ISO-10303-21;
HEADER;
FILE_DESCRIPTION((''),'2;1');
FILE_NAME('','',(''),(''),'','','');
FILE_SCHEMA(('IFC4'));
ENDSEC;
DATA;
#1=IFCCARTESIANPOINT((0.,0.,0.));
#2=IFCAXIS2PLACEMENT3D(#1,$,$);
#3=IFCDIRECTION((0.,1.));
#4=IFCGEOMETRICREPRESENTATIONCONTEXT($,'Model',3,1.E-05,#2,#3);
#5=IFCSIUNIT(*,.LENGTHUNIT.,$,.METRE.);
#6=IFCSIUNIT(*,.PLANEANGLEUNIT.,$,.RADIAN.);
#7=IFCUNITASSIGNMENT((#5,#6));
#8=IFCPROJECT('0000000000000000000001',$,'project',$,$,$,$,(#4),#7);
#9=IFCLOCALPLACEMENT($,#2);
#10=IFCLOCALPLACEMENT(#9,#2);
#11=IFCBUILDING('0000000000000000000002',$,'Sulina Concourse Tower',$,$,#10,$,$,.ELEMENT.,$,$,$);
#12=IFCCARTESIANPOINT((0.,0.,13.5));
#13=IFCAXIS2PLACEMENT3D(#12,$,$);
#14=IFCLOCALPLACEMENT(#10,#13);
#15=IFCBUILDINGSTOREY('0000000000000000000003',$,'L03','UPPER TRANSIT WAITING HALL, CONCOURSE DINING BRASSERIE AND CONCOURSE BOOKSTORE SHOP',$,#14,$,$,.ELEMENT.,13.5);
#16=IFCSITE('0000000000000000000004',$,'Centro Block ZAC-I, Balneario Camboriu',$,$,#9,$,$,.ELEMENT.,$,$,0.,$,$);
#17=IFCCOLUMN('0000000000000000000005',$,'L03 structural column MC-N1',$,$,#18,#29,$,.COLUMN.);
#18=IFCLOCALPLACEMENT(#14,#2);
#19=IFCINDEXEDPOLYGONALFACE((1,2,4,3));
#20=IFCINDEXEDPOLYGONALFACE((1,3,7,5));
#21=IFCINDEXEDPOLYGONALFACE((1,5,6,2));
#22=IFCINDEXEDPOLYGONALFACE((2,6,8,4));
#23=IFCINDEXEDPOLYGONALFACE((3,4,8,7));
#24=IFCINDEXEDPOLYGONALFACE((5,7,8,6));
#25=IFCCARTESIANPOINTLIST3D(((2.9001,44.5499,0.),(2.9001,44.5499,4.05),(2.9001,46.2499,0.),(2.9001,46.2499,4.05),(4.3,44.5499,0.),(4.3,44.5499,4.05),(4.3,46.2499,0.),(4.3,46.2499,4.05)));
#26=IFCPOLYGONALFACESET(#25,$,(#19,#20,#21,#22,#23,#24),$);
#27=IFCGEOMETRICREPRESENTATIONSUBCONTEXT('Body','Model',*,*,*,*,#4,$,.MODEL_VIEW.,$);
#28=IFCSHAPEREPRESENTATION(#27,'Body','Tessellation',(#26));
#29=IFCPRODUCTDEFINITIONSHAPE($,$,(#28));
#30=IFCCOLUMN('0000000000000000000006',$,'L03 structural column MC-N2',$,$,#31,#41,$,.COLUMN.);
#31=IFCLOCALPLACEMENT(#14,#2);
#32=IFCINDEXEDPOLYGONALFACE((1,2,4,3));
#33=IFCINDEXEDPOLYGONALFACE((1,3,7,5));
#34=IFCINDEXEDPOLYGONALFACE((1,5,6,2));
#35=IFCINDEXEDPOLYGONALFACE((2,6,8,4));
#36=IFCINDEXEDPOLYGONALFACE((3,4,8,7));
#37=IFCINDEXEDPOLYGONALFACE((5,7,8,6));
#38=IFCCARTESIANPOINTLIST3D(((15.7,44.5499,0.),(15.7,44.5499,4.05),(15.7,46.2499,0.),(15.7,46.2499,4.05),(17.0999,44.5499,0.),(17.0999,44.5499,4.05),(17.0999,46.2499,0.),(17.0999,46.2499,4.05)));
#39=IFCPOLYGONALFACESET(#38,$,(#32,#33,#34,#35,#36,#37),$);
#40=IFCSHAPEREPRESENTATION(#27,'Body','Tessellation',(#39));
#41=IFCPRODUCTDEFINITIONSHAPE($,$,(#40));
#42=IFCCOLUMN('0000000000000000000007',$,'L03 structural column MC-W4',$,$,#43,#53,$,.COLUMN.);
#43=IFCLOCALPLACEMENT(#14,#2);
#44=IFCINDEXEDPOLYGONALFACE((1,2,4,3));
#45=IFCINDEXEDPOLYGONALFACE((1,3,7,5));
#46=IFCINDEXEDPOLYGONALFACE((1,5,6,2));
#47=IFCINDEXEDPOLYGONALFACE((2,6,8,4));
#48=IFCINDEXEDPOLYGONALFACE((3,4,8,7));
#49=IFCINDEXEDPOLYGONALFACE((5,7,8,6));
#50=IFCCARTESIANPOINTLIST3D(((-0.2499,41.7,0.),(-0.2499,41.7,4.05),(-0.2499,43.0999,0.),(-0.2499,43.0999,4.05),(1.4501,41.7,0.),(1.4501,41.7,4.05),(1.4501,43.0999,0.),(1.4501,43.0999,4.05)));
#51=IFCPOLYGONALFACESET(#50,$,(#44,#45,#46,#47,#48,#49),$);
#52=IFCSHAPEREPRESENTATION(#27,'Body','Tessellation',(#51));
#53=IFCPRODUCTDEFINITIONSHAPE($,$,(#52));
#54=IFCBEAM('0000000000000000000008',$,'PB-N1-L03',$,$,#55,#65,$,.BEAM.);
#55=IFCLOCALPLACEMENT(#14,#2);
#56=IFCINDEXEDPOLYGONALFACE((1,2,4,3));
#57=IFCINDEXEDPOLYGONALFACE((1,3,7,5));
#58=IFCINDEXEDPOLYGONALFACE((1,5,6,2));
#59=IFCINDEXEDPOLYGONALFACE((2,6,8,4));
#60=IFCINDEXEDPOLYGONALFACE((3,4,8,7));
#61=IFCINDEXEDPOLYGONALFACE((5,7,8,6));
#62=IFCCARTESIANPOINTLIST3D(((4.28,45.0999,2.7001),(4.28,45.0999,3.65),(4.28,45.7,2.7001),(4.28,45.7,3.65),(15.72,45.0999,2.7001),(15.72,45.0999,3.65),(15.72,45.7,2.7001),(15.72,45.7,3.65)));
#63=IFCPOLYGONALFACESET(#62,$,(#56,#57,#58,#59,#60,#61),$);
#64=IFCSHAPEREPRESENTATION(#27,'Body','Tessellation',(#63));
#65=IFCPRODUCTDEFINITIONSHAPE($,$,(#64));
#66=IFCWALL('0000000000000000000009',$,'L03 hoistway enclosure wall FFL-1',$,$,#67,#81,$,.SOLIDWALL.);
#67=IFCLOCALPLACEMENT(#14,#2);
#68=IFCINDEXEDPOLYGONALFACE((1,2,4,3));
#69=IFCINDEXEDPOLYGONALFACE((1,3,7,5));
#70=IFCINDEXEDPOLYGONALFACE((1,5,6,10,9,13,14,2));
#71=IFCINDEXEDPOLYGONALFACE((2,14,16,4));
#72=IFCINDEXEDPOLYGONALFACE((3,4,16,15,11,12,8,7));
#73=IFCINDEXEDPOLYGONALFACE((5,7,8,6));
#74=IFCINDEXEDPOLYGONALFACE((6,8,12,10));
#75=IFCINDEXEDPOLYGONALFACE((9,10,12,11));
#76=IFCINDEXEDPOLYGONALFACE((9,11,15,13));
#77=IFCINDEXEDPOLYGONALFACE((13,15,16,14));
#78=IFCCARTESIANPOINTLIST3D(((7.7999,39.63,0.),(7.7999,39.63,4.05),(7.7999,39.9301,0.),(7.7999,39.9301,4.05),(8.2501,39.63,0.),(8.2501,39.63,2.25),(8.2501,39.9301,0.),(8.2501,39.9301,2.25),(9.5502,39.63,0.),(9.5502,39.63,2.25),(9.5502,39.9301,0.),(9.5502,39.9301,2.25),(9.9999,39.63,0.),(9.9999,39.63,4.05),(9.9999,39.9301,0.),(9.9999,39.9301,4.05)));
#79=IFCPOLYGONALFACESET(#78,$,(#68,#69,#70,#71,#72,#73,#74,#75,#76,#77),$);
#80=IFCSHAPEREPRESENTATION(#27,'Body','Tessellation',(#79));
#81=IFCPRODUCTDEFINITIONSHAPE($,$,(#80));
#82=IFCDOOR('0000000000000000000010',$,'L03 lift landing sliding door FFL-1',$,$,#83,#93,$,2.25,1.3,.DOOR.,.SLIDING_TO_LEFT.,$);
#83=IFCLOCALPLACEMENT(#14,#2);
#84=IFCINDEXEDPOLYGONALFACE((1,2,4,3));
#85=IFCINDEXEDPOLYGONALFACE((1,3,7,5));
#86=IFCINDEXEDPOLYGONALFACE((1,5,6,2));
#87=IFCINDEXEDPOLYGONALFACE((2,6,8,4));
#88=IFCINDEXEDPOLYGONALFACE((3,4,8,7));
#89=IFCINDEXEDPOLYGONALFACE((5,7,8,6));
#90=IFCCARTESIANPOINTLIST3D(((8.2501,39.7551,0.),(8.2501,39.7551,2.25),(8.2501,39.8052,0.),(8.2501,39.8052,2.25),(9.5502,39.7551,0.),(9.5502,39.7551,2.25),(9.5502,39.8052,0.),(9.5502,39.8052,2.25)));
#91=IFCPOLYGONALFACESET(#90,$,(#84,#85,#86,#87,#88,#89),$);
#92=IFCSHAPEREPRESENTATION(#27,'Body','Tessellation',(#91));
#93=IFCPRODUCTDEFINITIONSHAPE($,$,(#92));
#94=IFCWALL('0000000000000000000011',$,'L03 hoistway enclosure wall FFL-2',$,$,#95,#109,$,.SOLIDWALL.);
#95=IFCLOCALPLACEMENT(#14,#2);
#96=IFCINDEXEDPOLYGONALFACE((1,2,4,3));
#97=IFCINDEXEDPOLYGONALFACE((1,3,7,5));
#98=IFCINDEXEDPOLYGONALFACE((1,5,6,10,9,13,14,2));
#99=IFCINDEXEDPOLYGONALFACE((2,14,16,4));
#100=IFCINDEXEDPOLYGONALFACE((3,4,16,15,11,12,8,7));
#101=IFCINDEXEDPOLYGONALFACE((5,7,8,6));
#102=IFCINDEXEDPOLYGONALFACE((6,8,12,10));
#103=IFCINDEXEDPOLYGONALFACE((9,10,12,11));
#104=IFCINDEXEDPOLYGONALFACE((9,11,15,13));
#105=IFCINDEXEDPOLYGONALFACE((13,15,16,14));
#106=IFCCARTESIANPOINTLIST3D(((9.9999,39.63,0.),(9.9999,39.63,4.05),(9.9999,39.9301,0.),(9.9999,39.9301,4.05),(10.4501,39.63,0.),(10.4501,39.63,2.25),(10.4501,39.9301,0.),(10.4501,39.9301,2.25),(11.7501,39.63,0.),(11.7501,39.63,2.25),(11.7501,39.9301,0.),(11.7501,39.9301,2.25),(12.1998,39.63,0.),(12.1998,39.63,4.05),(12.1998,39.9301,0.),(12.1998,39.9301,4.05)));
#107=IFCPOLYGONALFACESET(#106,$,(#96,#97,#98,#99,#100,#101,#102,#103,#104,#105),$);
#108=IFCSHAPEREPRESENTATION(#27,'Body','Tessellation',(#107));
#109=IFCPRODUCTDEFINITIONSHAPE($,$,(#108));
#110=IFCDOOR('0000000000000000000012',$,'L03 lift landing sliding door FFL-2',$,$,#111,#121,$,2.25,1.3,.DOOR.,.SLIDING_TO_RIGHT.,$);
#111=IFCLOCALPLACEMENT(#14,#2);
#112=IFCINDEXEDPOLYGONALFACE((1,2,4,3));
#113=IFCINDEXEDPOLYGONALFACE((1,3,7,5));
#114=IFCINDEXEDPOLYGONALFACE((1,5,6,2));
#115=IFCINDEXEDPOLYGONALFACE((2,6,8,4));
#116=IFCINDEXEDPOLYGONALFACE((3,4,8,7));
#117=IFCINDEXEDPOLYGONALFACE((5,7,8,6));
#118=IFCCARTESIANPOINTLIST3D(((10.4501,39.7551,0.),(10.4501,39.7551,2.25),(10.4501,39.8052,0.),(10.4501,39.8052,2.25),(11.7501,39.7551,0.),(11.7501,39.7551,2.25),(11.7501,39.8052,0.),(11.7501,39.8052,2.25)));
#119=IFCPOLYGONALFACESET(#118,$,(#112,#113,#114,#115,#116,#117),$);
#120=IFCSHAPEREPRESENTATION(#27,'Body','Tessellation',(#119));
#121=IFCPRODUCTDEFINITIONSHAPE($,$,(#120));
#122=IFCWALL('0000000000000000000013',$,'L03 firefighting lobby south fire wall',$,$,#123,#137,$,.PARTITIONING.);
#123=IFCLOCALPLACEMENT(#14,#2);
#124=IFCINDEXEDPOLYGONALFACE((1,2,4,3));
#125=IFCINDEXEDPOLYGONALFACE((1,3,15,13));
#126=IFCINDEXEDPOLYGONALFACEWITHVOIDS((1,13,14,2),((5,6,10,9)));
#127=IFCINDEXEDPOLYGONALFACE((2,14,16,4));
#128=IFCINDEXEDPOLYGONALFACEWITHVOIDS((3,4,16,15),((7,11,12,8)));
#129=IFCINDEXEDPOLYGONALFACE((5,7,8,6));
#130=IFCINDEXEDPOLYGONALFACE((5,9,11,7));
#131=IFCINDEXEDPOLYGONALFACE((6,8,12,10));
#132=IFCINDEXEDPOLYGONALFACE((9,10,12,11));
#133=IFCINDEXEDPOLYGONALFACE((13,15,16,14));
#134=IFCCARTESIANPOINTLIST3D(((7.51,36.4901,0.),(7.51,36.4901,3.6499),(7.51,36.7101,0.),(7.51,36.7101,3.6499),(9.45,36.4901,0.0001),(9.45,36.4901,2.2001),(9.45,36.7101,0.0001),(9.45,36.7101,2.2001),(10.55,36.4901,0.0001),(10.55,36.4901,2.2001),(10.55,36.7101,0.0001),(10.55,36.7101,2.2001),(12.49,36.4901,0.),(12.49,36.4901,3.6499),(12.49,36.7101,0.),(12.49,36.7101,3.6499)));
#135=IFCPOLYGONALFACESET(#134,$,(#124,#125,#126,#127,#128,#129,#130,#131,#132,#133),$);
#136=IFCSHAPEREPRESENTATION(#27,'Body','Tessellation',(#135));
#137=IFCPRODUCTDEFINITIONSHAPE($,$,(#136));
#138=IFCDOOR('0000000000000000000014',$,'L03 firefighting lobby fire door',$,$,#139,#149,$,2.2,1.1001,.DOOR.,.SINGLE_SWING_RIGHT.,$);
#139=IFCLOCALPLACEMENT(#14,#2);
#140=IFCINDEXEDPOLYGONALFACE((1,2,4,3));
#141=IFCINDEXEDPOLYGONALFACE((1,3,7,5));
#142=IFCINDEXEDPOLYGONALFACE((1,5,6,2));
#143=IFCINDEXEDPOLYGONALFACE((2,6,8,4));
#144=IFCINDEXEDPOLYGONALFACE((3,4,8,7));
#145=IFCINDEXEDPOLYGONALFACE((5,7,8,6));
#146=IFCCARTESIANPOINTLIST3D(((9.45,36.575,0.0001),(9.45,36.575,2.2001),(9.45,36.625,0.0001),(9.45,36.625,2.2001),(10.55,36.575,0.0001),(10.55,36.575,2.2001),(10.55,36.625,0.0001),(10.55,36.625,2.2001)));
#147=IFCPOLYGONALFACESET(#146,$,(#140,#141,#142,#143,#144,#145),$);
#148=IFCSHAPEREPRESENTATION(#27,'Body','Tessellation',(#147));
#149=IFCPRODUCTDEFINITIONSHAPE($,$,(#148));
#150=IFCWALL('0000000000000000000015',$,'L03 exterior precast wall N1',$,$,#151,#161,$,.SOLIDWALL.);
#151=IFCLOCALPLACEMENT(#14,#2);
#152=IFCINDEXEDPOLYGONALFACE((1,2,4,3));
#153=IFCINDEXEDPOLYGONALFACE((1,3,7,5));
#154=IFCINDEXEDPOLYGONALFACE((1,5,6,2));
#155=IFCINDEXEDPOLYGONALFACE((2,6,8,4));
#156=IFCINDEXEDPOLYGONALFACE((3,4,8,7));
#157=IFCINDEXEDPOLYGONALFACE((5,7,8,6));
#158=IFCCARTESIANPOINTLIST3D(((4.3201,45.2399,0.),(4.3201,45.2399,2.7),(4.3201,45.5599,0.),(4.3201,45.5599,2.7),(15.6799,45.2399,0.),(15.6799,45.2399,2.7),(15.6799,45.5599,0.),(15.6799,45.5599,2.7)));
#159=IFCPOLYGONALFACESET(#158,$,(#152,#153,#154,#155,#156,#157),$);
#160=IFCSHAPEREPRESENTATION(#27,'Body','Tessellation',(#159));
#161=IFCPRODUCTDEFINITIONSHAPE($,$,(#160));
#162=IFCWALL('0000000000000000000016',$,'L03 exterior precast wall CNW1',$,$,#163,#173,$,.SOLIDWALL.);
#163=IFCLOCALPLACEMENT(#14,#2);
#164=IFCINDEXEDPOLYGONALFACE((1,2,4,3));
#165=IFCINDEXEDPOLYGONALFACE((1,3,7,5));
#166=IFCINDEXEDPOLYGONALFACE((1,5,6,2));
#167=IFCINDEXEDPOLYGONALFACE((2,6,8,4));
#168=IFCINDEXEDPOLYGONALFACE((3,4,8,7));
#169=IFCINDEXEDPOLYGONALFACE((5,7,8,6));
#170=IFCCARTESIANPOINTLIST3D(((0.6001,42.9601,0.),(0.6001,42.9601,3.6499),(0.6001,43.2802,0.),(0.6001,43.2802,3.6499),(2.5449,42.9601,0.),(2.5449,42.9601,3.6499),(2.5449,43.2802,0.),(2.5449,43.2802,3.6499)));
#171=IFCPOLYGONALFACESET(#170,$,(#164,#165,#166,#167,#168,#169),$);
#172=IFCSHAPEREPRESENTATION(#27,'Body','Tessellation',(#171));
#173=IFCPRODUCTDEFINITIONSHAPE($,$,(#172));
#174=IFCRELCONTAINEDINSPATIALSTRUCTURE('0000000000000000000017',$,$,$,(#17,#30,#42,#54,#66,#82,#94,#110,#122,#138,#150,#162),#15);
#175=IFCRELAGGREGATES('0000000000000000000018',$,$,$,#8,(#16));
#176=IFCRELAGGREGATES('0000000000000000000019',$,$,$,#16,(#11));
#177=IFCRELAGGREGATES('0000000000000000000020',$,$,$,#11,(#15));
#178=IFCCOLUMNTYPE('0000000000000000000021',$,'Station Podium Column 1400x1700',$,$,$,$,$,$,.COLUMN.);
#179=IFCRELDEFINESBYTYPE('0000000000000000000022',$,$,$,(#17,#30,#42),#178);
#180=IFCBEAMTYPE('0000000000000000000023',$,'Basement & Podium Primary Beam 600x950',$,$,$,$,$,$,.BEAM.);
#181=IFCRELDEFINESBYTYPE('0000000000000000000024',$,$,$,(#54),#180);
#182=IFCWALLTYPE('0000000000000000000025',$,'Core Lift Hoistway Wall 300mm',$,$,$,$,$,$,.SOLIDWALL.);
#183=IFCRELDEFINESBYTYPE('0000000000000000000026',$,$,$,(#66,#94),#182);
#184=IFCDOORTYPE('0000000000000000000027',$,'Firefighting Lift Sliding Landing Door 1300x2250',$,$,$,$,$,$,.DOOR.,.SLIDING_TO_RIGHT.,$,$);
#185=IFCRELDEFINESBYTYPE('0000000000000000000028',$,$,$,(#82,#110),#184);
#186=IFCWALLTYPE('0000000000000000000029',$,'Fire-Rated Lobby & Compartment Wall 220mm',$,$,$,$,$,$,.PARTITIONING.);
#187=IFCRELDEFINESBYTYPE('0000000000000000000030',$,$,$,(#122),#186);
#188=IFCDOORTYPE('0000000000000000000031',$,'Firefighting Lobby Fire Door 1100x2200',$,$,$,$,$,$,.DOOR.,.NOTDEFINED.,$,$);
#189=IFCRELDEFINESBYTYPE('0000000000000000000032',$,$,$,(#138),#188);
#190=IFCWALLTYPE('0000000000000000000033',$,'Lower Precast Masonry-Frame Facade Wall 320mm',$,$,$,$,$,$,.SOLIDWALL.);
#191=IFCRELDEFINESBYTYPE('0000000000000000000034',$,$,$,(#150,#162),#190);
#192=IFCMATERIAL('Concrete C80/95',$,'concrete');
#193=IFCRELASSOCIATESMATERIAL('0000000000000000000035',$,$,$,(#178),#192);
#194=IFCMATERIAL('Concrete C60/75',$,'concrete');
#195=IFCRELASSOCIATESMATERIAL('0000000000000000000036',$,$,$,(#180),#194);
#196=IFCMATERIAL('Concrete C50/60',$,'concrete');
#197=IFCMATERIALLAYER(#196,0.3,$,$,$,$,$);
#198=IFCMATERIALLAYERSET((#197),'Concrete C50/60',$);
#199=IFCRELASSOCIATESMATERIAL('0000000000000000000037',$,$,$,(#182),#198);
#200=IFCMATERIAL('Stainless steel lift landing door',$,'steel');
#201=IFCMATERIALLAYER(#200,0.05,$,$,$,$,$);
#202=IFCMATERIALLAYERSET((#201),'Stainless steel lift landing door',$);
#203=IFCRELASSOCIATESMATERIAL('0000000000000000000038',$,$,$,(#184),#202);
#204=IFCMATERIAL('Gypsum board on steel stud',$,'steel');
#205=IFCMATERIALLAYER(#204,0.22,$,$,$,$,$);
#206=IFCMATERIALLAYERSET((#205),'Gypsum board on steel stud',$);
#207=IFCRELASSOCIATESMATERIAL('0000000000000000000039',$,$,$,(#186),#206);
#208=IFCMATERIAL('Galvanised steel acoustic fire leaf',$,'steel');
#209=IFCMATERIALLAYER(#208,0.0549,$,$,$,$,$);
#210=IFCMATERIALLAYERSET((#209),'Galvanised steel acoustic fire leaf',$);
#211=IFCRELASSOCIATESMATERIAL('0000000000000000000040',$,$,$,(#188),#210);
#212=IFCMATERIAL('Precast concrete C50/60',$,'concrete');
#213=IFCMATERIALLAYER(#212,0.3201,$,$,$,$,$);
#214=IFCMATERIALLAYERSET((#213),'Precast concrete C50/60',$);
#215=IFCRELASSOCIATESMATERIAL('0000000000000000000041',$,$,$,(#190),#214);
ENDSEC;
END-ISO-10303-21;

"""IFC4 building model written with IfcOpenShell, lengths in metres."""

from ifc_helpers import new_model, si_unit, direction, frame, frame_2d, origin, origin_2d, place, context, subcontext, project, spatial, rectangle, extrude, material, layer, layer_set, material_profile, profile_set, type_object, element, fill, save


model = new_model("IFC4")

# Units and contexts
model_context = context("Model", 3, precision=1e-05, world=origin(), true_north=direction((0.0, 1.0)))
body_context = subcontext(model_context, "Body", "Model", "MODEL_VIEW")
ifc_project = project(units=[si_unit("LENGTHUNIT", "METRE"), si_unit("PLANEANGLEUNIT", "RADIAN")], contexts=[model_context])

# Site, building, storey
site_placement = place(None, origin())
site = spatial("IfcSite", under=ifc_project, at=site_placement, Name="Centro Block ZAC-I, Balneario Camboriu", CompositionType="ELEMENT", RefElevation=0.0)
building_placement = place(site_placement, origin())
building = spatial("IfcBuilding", under=site, at=building_placement, Name="Sulina Concourse Tower", CompositionType="ELEMENT")
storey_placement = place(building_placement, frame((0.0, 0.0, 13.5)))
storey = spatial("IfcBuildingStorey", under=building, at=storey_placement, Name="L03", Description="UPPER TRANSIT WAITING HALL, CONCOURSE DINING BRASSERIE AND CONCOURSE BOOKSTORE SHOP", CompositionType="ELEMENT", Elevation=13.5)

# Columns
ifc_material_1 = material(Name="Concrete C80/95", Category="concrete")
ifc_material_profile_1 = material_profile(ifc_material_1, rectangle(XDim=1.3999, YDim=1.7, at=origin_2d()), Name="RC 1400x1700")
ifc_profile_set_1 = profile_set([ifc_material_profile_1], Name="Concrete C80/95")
column_type = type_object("IfcColumnType", Name="Station Podium Column 1400x1700", PredefinedType="COLUMN", material=ifc_profile_set_1)
for number, where, z_axis, x_axis, name in (
    (1, (3.6001, 45.3999, 0.0), (0.0, 0.0, 1.0), (1.0, 0.0, 0.0), "L03 structural column MC-N1"),
    (2, (16.3999, 45.3999, 0.0), (0.0, 0.0, 1.0), (1.0, 0.0, 0.0), "L03 structural column MC-N2"),
    (3, (0.6001, 42.3999, 0.0), (0.0, 0.0, 1.0), (0.0, 1.0, 0.0), "L03 structural column MC-W4"),
):
    element("IfcColumn", number, at=place(storey_placement, frame(where, z_axis=z_axis, x_axis=x_axis)), inside=storey, type_object=column_type, Name=name, PredefinedType="COLUMN", context=body_context, shape_type="SweptSolid", body=[
        extrude(rectangle(XDim=1.3999, YDim=1.7, at=origin_2d()), origin(), (0.0, 0.0, 1.0), 4.05),
    ])

# Beam
ifc_material_2 = material(Name="Concrete C60/75", Category="concrete")
ifc_material_profile_2 = material_profile(ifc_material_2, rectangle(XDim=0.6001, YDim=0.95, at=origin_2d()), Name="RC 600x950")
ifc_profile_set_2 = profile_set([ifc_material_profile_2], Name="Concrete C60/75")
beam_type = type_object("IfcBeamType", Name="Basement & Podium Primary Beam 600x950", PredefinedType="BEAM", material=ifc_profile_set_2)
beam_placement = place(storey_placement, frame((4.28, 45.3999, 3.175), z_axis=(1.0, 0.0, 0.0), x_axis=(0.0, 1.0, 0.0)))
element("IfcBeam", 4, at=beam_placement, inside=storey, type_object=beam_type, Name="PB-N1-L03", PredefinedType="BEAM", context=body_context, shape_type="SweptSolid", body=[
    extrude(rectangle(XDim=0.6001, YDim=0.95, at=origin_2d()), origin(), (0.0, 0.0, 1.0), 11.4399),
])

# Walls, openings, doors
ifc_material_3 = material(Name="Concrete C50/60", Category="concrete")
ifc_layer_1 = layer(ifc_material_3, 0.3)
ifc_layer_set_1 = layer_set([ifc_layer_1], Name="Concrete C50/60")
wall_type_1 = type_object("IfcWallType", Name="Core Lift Hoistway Wall 300mm", PredefinedType="SOLIDWALL", material=ifc_layer_set_1)
wall_1_placement = place(storey_placement, frame((10.0, 39.78, 0.0), z_axis=(0.0, 0.0, 1.0), x_axis=(-1.0, 0.0, 0.0)))
wall_1 = element("IfcWall", 5, at=wall_1_placement, inside=storey, type_object=wall_type_1, Name="L03 hoistway enclosure wall FFL-1", PredefinedType="SOLIDWALL", context=body_context, shape_type="SweptSolid", body=[
    extrude(rectangle(XDim=2.2, YDim=0.3, at=frame_2d((1.1001, 0.0))), origin(), (0.0, 0.0, 1.0), 4.05),
])
opening_1_placement = place(wall_1_placement, frame((0.45, 0.0, 0.0)))
opening_1 = element("IfcOpeningElement", 6, at=opening_1_placement, cuts=wall_1, PredefinedType="OPENING", context=body_context, shape_type="SweptSolid", body=[
    extrude(rectangle(XDim=1.3, YDim=2.25, at=frame_2d((0.6499, 1.125))), frame((0.0, 0.1599, 0.0), z_axis=(0.0, -1.0, 0.0), x_axis=(1.0, 0.0, 0.0)), (0.0, 0.0, 1.0), 0.3201),
])
ifc_material_4 = material(Name="Stainless steel lift landing door", Category="steel")
ifc_layer_2 = layer(ifc_material_4, 0.05)
ifc_layer_set_2 = layer_set([ifc_layer_2], Name="Stainless steel lift landing door")
door_type_1 = type_object("IfcDoorType", Name="Firefighting Lift Sliding Landing Door 1300x2250", OperationType="SLIDING_TO_RIGHT", PredefinedType="DOOR", material=ifc_layer_set_2)
door_1_placement = place(opening_1_placement, origin())
door_1 = element("IfcDoor", 7, at=door_1_placement, inside=storey, type_object=door_type_1, Name="L03 lift landing sliding door FFL-1", OperationType="SLIDING_TO_LEFT", OverallHeight=2.25, OverallWidth=1.3, PredefinedType="DOOR", context=body_context, shape_type="SweptSolid", body=[
    extrude(rectangle(XDim=1.3, YDim=2.25, at=frame_2d((0.6499, 1.125))), frame((0.0, 0.0249, 0.0), z_axis=(0.0, -1.0, 0.0), x_axis=(1.0, 0.0, 0.0)), (0.0, 0.0, 1.0), 0.05),
])
fill(opening_1, door_1)
wall_2_placement = place(storey_placement, frame((12.2, 39.78, 0.0), z_axis=(0.0, 0.0, 1.0), x_axis=(-1.0, 0.0, 0.0)))
wall_2 = element("IfcWall", 8, at=wall_2_placement, inside=storey, type_object=wall_type_1, Name="L03 hoistway enclosure wall FFL-2", PredefinedType="SOLIDWALL", context=body_context, shape_type="SweptSolid", body=[
    extrude(rectangle(XDim=2.2, YDim=0.3, at=frame_2d((1.1001, 0.0))), origin(), (0.0, 0.0, 1.0), 4.05),
])
opening_2_placement = place(wall_2_placement, frame((0.45, 0.0, 0.0)))
opening_2 = element("IfcOpeningElement", 9, at=opening_2_placement, cuts=wall_2, PredefinedType="OPENING", context=body_context, shape_type="SweptSolid", body=[
    extrude(rectangle(XDim=1.3, YDim=2.25, at=frame_2d((0.6499, 1.125))), frame((0.0, 0.1599, 0.0), z_axis=(0.0, -1.0, 0.0), x_axis=(1.0, 0.0, 0.0)), (0.0, 0.0, 1.0), 0.3201),
])
door_2_placement = place(opening_2_placement, origin())
door_2 = element("IfcDoor", 10, at=door_2_placement, inside=storey, type_object=door_type_1, Name="L03 lift landing sliding door FFL-2", OperationType="SLIDING_TO_RIGHT", OverallHeight=2.25, OverallWidth=1.3, PredefinedType="DOOR", context=body_context, shape_type="SweptSolid", body=[
    extrude(rectangle(XDim=1.3, YDim=2.25, at=frame_2d((0.6499, 1.125))), frame((0.0, 0.0249, 0.0), z_axis=(0.0, -1.0, 0.0), x_axis=(1.0, 0.0, 0.0)), (0.0, 0.0, 1.0), 0.05),
])
fill(opening_2, door_2)
ifc_material_5 = material(Name="Gypsum board on steel stud", Category="steel")
ifc_layer_3 = layer(ifc_material_5, 0.22)
ifc_layer_set_3 = layer_set([ifc_layer_3], Name="Gypsum board on steel stud")
wall_type_2 = type_object("IfcWallType", Name="Fire-Rated Lobby & Compartment Wall 220mm", PredefinedType="PARTITIONING", material=ifc_layer_set_3)
wall_3_placement = place(storey_placement, frame((7.51, 36.6001, 0.0), z_axis=(0.0, 0.0, 1.0), x_axis=(1.0, 0.0, 0.0)))
wall_3 = element("IfcWall", 11, at=wall_3_placement, inside=storey, type_object=wall_type_2, Name="L03 firefighting lobby south fire wall", PredefinedType="PARTITIONING", context=body_context, shape_type="SweptSolid", body=[
    extrude(rectangle(XDim=4.98, YDim=0.22, at=frame_2d((2.49, 0.0))), origin(), (0.0, 0.0, 1.0), 3.6499),
])
opening_3_placement = place(wall_3_placement, frame((1.9399, 0.0, 0.0)))
opening_3 = element("IfcOpeningElement", 12, at=opening_3_placement, cuts=wall_3, PredefinedType="OPENING", context=body_context, shape_type="SweptSolid", body=[
    extrude(rectangle(XDim=1.1001, YDim=2.2, at=frame_2d((0.55, 1.1001))), frame((0.0, 0.1199, 0.0), z_axis=(0.0, -1.0, 0.0), x_axis=(1.0, 0.0, 0.0)), (0.0, 0.0, 1.0), 0.24),
])
ifc_material_6 = material(Name="Galvanised steel acoustic fire leaf", Category="steel")
ifc_layer_4 = layer(ifc_material_6, 0.0549)
ifc_layer_set_4 = layer_set([ifc_layer_4], Name="Galvanised steel acoustic fire leaf")
door_type_2 = type_object("IfcDoorType", Name="Firefighting Lobby Fire Door 1100x2200", OperationType="NOTDEFINED", PredefinedType="DOOR", material=ifc_layer_set_4)
door_3_placement = place(opening_3_placement, origin())
door_3 = element("IfcDoor", 13, at=door_3_placement, inside=storey, type_object=door_type_2, Name="L03 firefighting lobby fire door", OperationType="SINGLE_SWING_RIGHT", OverallHeight=2.2, OverallWidth=1.1001, PredefinedType="DOOR", context=body_context, shape_type="SweptSolid", body=[
    extrude(rectangle(XDim=1.1001, YDim=2.2, at=frame_2d((0.55, 1.1001))), frame((0.0, 0.0249, 0.0), z_axis=(0.0, -1.0, 0.0), x_axis=(1.0, 0.0, 0.0)), (0.0, 0.0, 1.0), 0.05),
])
fill(opening_3, door_3)

# Walls
ifc_material_7 = material(Name="Precast concrete C50/60", Category="concrete")
ifc_layer_5 = layer(ifc_material_7, 0.3201)
ifc_layer_set_5 = layer_set([ifc_layer_5], Name="Precast concrete C50/60")
wall_type_3 = type_object("IfcWallType", Name="Lower Precast Masonry-Frame Facade Wall 320mm", PredefinedType="SOLIDWALL", material=ifc_layer_set_5)
wall_4_placement = place(storey_placement, frame((4.3201, 45.3999, 0.0), z_axis=(0.0, 0.0, 1.0), x_axis=(1.0, 0.0, 0.0)))
element("IfcWall", 14, at=wall_4_placement, inside=storey, type_object=wall_type_3, Name="L03 exterior precast wall N1", PredefinedType="SOLIDWALL", context=body_context, shape_type="SweptSolid", body=[
    extrude(rectangle(XDim=11.3599, YDim=0.3201, at=frame_2d((5.6799, 0.0))), origin(), (0.0, 0.0, 1.0), 2.7),
])
wall_5_placement = place(storey_placement, frame((0.6001, 43.1201, 0.0), z_axis=(0.0, 0.0, 1.0), x_axis=(1.0, 0.0, 0.0)))
element("IfcWall", 15, at=wall_5_placement, inside=storey, type_object=wall_type_3, Name="L03 exterior precast wall CNW1", PredefinedType="SOLIDWALL", context=body_context, shape_type="SweptSolid", body=[
    extrude(rectangle(XDim=1.9448, YDim=0.3201, at=frame_2d((0.9724, 0.0))), origin(), (0.0, 0.0, 1.0), 3.6499),
])

save(model, "model.ifc")
